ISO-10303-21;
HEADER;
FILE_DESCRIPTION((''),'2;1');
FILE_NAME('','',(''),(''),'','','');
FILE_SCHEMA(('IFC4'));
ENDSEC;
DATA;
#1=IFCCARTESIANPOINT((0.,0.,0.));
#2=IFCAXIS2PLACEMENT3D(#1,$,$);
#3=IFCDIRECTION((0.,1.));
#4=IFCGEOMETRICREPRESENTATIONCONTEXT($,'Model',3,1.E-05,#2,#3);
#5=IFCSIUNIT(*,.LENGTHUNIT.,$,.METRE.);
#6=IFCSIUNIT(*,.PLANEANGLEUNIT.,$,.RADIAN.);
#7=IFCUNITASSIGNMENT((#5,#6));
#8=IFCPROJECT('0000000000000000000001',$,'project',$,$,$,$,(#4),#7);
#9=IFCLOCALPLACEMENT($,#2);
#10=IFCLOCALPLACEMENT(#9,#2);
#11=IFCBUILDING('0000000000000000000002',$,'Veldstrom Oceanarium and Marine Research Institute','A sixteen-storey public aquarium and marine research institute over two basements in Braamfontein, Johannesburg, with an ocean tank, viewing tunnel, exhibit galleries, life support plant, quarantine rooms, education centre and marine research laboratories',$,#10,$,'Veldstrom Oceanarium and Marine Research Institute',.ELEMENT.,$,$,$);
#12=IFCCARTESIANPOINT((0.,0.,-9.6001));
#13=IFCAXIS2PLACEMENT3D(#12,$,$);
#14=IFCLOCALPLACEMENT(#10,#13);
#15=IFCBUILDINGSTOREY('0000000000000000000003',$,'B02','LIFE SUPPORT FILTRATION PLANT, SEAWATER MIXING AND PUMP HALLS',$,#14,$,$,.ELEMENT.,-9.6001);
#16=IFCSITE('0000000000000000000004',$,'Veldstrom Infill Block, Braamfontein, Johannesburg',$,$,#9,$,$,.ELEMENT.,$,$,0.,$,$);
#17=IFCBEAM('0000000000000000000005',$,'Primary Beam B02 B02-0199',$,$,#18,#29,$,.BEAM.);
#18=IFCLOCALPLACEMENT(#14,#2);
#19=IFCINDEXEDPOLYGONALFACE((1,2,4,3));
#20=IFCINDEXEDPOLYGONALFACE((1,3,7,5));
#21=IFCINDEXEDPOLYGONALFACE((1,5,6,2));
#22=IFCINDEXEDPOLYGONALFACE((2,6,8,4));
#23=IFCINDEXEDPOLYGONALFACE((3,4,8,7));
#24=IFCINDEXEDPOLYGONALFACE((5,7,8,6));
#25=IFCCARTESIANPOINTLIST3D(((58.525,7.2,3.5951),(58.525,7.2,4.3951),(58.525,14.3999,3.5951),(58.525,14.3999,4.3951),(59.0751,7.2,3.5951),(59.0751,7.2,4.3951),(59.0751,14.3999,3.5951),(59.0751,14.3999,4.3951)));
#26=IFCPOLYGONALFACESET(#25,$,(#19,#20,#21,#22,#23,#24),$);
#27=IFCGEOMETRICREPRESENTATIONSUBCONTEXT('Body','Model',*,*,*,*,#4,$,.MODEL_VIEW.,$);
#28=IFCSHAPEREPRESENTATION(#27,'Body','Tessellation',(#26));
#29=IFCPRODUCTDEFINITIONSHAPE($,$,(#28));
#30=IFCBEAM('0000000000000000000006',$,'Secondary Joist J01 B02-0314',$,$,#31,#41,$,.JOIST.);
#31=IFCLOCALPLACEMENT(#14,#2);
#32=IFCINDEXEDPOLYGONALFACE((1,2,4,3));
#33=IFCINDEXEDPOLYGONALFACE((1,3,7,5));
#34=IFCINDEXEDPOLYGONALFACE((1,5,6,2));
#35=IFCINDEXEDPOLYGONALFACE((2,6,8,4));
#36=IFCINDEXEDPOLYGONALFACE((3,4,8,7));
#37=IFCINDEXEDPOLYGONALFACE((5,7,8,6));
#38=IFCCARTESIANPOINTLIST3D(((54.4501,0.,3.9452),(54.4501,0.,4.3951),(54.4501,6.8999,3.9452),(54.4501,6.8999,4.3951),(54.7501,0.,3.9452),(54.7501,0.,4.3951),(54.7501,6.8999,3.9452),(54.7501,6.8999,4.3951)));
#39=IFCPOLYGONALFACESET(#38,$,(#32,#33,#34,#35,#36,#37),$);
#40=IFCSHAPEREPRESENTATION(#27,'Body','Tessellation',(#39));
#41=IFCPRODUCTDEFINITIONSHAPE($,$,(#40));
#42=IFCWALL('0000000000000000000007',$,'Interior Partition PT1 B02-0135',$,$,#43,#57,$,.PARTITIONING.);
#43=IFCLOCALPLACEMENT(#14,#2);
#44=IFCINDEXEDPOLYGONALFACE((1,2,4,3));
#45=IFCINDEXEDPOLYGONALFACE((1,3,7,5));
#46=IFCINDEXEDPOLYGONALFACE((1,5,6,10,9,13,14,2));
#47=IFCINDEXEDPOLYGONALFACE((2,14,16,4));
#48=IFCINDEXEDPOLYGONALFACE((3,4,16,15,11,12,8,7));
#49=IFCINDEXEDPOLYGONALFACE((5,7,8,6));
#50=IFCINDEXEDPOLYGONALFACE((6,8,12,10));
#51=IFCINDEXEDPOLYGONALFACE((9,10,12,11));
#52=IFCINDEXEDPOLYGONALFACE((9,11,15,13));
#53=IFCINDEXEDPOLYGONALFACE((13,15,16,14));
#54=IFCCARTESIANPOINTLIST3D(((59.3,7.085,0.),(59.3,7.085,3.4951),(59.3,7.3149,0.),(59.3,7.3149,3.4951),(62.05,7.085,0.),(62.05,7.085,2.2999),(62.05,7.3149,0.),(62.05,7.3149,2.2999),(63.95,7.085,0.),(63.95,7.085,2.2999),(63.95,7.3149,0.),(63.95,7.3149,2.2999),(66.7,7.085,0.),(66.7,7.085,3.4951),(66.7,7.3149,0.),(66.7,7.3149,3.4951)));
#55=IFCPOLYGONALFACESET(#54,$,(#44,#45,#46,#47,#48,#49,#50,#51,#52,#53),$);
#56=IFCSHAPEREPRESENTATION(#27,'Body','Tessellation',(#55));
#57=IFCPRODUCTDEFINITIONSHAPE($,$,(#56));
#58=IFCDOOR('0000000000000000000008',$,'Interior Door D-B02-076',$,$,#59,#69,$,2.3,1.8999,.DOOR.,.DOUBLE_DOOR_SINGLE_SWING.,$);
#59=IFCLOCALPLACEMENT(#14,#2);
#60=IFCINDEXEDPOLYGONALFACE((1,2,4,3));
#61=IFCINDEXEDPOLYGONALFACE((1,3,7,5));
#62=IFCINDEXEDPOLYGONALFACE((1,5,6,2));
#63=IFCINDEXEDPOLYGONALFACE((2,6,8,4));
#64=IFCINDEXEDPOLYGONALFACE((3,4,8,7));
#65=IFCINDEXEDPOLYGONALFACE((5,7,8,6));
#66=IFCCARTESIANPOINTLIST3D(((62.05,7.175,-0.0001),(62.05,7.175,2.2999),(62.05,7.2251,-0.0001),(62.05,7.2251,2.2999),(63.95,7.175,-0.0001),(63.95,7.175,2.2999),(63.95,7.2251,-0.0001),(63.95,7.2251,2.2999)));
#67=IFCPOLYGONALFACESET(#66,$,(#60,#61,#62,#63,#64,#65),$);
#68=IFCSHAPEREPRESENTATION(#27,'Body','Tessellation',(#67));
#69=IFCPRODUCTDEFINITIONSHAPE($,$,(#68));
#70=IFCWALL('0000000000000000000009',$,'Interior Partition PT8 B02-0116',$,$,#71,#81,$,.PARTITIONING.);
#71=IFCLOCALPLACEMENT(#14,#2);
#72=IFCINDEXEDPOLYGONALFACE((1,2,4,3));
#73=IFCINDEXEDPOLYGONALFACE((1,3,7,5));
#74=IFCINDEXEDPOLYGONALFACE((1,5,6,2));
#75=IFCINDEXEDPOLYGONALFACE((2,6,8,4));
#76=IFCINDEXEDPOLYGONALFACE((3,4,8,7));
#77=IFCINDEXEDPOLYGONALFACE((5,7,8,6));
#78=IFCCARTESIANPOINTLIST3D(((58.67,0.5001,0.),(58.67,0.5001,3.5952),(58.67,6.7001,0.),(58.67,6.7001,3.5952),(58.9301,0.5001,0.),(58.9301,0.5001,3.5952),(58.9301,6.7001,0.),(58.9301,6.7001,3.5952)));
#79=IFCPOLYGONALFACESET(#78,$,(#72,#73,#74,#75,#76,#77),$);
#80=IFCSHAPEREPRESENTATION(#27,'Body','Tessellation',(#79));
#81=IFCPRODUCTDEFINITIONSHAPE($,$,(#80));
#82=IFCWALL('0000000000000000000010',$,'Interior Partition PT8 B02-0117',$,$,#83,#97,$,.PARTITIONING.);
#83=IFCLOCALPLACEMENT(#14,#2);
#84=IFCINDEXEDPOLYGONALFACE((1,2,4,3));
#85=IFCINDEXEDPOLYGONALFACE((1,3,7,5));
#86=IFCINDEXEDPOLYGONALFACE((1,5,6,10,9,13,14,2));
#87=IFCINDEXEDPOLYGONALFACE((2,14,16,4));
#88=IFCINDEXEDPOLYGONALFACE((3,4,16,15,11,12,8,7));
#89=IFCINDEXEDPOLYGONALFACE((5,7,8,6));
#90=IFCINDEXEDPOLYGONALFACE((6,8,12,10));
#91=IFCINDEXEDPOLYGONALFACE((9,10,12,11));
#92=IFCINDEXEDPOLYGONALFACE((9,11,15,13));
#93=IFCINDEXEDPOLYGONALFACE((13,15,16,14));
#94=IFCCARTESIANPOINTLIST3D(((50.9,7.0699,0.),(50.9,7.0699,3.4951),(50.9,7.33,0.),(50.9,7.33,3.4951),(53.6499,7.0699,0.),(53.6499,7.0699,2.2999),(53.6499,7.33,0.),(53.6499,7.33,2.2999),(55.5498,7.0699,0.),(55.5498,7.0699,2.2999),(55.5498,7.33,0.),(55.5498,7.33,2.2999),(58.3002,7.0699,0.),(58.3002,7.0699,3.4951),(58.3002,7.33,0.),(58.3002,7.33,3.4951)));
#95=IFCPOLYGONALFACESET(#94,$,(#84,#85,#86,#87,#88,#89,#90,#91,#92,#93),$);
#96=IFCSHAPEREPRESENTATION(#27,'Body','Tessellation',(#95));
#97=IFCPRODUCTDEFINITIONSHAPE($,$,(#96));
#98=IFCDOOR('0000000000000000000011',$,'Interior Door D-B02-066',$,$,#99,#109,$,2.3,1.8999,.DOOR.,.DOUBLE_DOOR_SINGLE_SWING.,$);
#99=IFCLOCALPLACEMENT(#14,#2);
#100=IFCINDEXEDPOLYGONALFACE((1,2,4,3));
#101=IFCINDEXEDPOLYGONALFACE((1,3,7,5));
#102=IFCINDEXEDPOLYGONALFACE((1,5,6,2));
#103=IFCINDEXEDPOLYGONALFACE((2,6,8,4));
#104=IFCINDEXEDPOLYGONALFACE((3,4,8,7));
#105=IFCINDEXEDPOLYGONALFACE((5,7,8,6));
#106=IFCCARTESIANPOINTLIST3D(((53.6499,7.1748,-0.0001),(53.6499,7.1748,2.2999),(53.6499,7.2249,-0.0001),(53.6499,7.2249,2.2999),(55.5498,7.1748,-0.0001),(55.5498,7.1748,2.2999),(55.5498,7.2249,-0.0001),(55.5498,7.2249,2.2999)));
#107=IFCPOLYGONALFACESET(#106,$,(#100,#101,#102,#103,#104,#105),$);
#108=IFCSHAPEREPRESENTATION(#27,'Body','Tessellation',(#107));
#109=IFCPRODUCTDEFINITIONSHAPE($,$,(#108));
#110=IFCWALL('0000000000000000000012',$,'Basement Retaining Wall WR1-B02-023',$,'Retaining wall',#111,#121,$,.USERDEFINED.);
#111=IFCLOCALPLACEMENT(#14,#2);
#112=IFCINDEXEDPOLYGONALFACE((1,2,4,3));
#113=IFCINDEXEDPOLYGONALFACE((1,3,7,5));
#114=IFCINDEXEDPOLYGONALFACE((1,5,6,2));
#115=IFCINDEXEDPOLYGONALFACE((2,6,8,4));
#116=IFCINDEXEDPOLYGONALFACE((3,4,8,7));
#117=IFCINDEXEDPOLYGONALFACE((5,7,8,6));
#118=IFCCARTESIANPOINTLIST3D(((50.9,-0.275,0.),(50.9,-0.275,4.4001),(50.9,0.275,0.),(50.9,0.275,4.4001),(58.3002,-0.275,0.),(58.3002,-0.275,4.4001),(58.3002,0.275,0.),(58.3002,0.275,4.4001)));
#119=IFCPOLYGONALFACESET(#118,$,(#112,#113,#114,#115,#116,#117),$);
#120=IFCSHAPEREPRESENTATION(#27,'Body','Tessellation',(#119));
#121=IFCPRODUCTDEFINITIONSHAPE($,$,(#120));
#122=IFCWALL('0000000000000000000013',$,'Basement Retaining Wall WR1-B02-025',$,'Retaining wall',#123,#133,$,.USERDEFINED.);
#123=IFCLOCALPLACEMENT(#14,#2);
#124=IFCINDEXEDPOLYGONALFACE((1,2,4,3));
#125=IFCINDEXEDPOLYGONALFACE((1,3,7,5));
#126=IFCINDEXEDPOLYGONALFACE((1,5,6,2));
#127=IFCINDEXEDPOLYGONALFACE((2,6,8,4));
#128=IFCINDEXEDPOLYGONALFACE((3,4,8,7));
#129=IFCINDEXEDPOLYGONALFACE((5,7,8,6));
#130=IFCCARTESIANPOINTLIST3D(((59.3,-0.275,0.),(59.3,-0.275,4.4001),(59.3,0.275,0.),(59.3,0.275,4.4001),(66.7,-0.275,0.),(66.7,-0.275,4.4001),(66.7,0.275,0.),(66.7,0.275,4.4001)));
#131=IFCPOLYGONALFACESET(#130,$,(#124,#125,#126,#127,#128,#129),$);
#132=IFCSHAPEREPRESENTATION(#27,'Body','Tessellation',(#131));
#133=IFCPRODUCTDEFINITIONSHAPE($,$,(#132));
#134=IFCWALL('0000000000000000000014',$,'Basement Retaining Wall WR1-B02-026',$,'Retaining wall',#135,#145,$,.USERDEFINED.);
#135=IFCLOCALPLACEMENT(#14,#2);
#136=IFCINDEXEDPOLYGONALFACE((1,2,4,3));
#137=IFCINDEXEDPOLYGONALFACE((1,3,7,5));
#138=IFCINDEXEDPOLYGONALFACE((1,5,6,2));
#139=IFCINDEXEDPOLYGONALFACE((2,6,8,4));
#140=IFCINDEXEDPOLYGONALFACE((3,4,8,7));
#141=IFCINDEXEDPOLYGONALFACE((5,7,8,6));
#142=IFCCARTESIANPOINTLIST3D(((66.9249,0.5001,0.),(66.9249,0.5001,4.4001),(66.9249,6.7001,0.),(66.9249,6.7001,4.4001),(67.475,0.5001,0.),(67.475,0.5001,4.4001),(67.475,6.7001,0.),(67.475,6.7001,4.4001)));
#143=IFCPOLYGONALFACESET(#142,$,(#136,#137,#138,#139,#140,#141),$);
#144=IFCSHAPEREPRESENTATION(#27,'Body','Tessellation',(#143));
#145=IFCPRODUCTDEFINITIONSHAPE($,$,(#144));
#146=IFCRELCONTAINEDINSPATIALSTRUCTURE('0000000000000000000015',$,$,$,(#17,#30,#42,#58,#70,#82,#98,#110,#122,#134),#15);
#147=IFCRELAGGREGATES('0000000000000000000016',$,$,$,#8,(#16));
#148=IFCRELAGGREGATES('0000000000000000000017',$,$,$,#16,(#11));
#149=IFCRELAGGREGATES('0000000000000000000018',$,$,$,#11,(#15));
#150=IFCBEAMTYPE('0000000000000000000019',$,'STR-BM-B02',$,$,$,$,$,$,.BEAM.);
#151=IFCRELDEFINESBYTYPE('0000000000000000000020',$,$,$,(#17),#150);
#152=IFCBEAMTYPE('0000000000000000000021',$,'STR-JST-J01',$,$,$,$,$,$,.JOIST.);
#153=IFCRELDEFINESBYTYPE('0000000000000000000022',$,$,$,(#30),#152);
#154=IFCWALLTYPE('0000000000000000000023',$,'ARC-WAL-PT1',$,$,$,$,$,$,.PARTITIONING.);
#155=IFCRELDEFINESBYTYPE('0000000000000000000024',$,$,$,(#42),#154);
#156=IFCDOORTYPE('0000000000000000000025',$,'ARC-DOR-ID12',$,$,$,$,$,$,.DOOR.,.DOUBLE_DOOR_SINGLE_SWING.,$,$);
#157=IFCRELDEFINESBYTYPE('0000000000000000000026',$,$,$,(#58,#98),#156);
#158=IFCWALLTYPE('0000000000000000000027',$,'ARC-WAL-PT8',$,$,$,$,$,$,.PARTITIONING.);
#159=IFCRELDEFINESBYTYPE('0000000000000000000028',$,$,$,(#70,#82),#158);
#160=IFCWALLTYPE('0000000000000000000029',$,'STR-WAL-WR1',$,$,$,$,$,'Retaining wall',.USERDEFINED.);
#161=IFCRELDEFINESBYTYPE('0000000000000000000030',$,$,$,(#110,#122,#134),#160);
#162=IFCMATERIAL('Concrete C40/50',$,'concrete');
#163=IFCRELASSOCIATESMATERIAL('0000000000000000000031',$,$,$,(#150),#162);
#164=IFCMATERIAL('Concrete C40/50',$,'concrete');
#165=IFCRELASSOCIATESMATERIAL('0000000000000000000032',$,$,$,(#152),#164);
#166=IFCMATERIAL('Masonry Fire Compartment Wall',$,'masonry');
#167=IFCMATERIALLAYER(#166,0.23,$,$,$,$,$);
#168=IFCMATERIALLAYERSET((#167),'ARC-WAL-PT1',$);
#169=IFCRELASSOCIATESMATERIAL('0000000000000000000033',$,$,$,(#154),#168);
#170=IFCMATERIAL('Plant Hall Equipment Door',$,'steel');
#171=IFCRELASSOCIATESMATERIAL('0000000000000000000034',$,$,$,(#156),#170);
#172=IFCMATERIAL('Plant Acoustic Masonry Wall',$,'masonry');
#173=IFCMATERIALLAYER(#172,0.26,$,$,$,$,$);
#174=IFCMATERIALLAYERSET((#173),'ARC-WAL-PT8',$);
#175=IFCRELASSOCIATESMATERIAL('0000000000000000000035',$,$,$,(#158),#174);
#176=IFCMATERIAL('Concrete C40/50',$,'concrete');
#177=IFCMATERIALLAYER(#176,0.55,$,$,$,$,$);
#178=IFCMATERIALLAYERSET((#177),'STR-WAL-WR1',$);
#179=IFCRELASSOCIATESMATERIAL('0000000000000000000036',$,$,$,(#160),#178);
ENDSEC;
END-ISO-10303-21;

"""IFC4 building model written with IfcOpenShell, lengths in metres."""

from ifc_helpers import new_model, si_unit, direction, frame, frame_2d, origin, origin_2d, place, context, subcontext, project, spatial, rectangle, extrude, material, layer, layer_set, material_profile, profile_set, type_object, element, fill, save


model = new_model("IFC4")

# Units and contexts
model_context = context("Model", 3, precision=1e-05, world=origin(), true_north=direction((0.0, 1.0)))
body_context = subcontext(model_context, "Body", "Model", "MODEL_VIEW")
ifc_project = project(units=[si_unit("LENGTHUNIT", "METRE"), si_unit("PLANEANGLEUNIT", "RADIAN")], contexts=[model_context])

# Site, building, storey
site_placement = place(None, origin())
site = spatial("IfcSite", under=ifc_project, at=site_placement, Name="Veldstrom Infill Block, Braamfontein, Johannesburg", CompositionType="ELEMENT", RefElevation=0.0)
building_placement = place(site_placement, origin())
building = spatial("IfcBuilding", under=site, at=building_placement, Name="Veldstrom Oceanarium and Marine Research Institute", Description="A sixteen-storey public aquarium and marine research institute over two basements in Braamfontein, Johannesburg, with an ocean tank, viewing tunnel, exhibit galleries, life support plant, quarantine rooms, education centre and marine research laboratories", LongName="Veldstrom Oceanarium and Marine Research Institute", CompositionType="ELEMENT")
storey_placement = place(building_placement, frame((0.0, 0.0, -9.6001)))
storey = spatial("IfcBuildingStorey", under=building, at=storey_placement, Name="B02", Description="LIFE SUPPORT FILTRATION PLANT, SEAWATER MIXING AND PUMP HALLS", CompositionType="ELEMENT", Elevation=-9.6001)

# Beams
ifc_material_1 = material(Name="Concrete C40/50", Category="concrete")
ifc_material_profile_1 = material_profile(ifc_material_1, rectangle(XDim=0.55, YDim=0.8, at=origin_2d()), Name="RC-BM-550x800")
ifc_profile_set_1 = profile_set([ifc_material_profile_1], Name="Concrete C40/50")
beam_type_1 = type_object("IfcBeamType", Name="STR-BM-B02", PredefinedType="BEAM", material=ifc_profile_set_1)
for number, where, z_axis, x_axis, name in (
    (1, (58.8, 7.2, 3.9951), (0.0, 1.0, 0.0), (-1.0, 0.0, 0.0), "Primary Beam B02 B02-0199"),
):
    element("IfcBeam", number, at=place(storey_placement, frame(where, z_axis=z_axis, x_axis=x_axis)), inside=storey, type_object=beam_type_1, Name=name, PredefinedType="BEAM", context=body_context, shape_type="SweptSolid", body=[
        extrude(rectangle(XDim=0.55, YDim=0.8, at=origin_2d()), origin(), (0.0, 0.0, 1.0), 7.2),
    ])
ifc_material_2 = material(Name="Concrete C40/50", Category="concrete")
ifc_material_profile_2 = material_profile(ifc_material_2, rectangle(XDim=0.3, YDim=0.45, at=origin_2d()), Name="RC-JST-300x450")
ifc_profile_set_2 = profile_set([ifc_material_profile_2], Name="Concrete C40/50")
beam_type_2 = type_object("IfcBeamType", Name="STR-JST-J01", PredefinedType="JOIST", material=ifc_profile_set_2)
beam_1_placement = place(storey_placement, frame((54.6001, 0.0, 4.1702), z_axis=(0.0, 1.0, 0.0), x_axis=(-1.0, 0.0, 0.0)))
element("IfcBeam", 2, at=beam_1_placement, inside=storey, type_object=beam_type_2, Name="Secondary Joist J01 B02-0314", PredefinedType="JOIST", context=body_context, shape_type="SweptSolid", body=[
    extrude(rectangle(XDim=0.3, YDim=0.45, at=origin_2d()), origin(), (0.0, 0.0, 1.0), 6.8999),
])

# Wall, opening, door
ifc_material_3 = material(Name="Masonry Fire Compartment Wall", Category="masonry")
ifc_layer_1 = layer(ifc_material_3, 0.23)
ifc_layer_set_1 = layer_set([ifc_layer_1], Name="ARC-WAL-PT1")
wall_type_1 = type_object("IfcWallType", Name="ARC-WAL-PT1", PredefinedType="PARTITIONING", material=ifc_layer_set_1)
wall_1_placement = place(storey_placement, frame((59.3, 7.2, 0.0), z_axis=(0.0, 0.0, 1.0), x_axis=(1.0, 0.0, 0.0)))
wall_1 = element("IfcWall", 3, at=wall_1_placement, inside=storey, type_object=wall_type_1, Name="Interior Partition PT1 B02-0135", PredefinedType="PARTITIONING", context=body_context, shape_type="SweptSolid", body=[
    extrude(rectangle(XDim=7.3999, YDim=0.23, at=frame_2d((3.7, 0.0))), origin(), (0.0, 0.0, 1.0), 3.4951),
])
opening_1_placement = place(wall_1_placement, frame((2.75, 0.0, 0.0)))
opening_1 = element("IfcOpeningElement", 4, at=opening_1_placement, cuts=wall_1, PredefinedType="OPENING", context=body_context, shape_type="SweptSolid", body=[
    extrude(rectangle(XDim=1.8999, YDim=2.3, at=frame_2d((0.95, 1.1499))), frame((0.0, 0.125, 0.0), z_axis=(0.0, -1.0, 0.0), x_axis=(1.0, 0.0, 0.0)), (0.0, 0.0, 1.0), 0.25),
])
ifc_material_4 = material(Name="Plant Hall Equipment Door", Category="steel")
door_type = type_object("IfcDoorType", Name="ARC-DOR-ID12", OperationType="DOUBLE_DOOR_SINGLE_SWING", PredefinedType="DOOR", material=ifc_material_4)
door_1_placement = place(opening_1_placement, frame((1.8999, 0.0, 0.0), z_axis=(0.0, 0.0, 1.0), x_axis=(-1.0, 0.0, 0.0)))
door_1 = element("IfcDoor", 5, at=door_1_placement, inside=storey, type_object=door_type, Name="Interior Door D-B02-076", OperationType="DOUBLE_DOOR_SINGLE_SWING", OverallHeight=2.3, OverallWidth=1.8999, PredefinedType="DOOR", context=body_context, shape_type="SweptSolid", body=[
    extrude(rectangle(XDim=1.8999, YDim=2.3, at=frame_2d((0.95, 1.1499))), frame((0.0, 0.0249, 0.0), z_axis=(0.0, -1.0, 0.0), x_axis=(1.0, 0.0, 0.0)), (0.0, 0.0, 1.0), 0.05),
])
fill(opening_1, door_1)

# Wall
ifc_material_5 = material(Name="Plant Acoustic Masonry Wall", Category="masonry")
ifc_layer_2 = layer(ifc_material_5, 0.26)
ifc_layer_set_2 = layer_set([ifc_layer_2], Name="ARC-WAL-PT8")
wall_type_2 = type_object("IfcWallType", Name="ARC-WAL-PT8", PredefinedType="PARTITIONING", material=ifc_layer_set_2)
wall_2_placement = place(storey_placement, frame((58.8, 0.5, 0.0), z_axis=(0.0, 0.0, 1.0), x_axis=(0.0, 1.0, 0.0)))
element("IfcWall", 6, at=wall_2_placement, inside=storey, type_object=wall_type_2, Name="Interior Partition PT8 B02-0116", PredefinedType="PARTITIONING", context=body_context, shape_type="SweptSolid", body=[
    extrude(rectangle(XDim=6.2, YDim=0.26, at=frame_2d((3.1001, 0.0))), origin(), (0.0, 0.0, 1.0), 3.5952),
])

# Wall, opening, door
wall_3_placement = place(storey_placement, frame((50.8999, 7.2, 0.0), z_axis=(0.0, 0.0, 1.0), x_axis=(1.0, 0.0, 0.0)))
wall_3 = element("IfcWall", 7, at=wall_3_placement, inside=storey, type_object=wall_type_2, Name="Interior Partition PT8 B02-0117", PredefinedType="PARTITIONING", context=body_context, shape_type="SweptSolid", body=[
    extrude(rectangle(XDim=7.4001, YDim=0.26, at=frame_2d((3.7002, 0.0))), origin(), (0.0, 0.0, 1.0), 3.4951),
])
opening_2_placement = place(wall_3_placement, frame((2.75, 0.0, 0.0)))
opening_2 = element("IfcOpeningElement", 8, at=opening_2_placement, cuts=wall_3, PredefinedType="OPENING", context=body_context, shape_type="SweptSolid", body=[
    extrude(rectangle(XDim=1.8999, YDim=2.3, at=frame_2d((0.95, 1.1499))), frame((0.0, 0.1399, 0.0), z_axis=(0.0, -1.0, 0.0), x_axis=(1.0, 0.0, 0.0)), (0.0, 0.0, 1.0), 0.28),
])
door_2_placement = place(opening_2_placement, origin())
door_2 = element("IfcDoor", 9, at=door_2_placement, inside=storey, type_object=door_type, Name="Interior Door D-B02-066", OperationType="DOUBLE_DOOR_SINGLE_SWING", OverallHeight=2.3, OverallWidth=1.8999, PredefinedType="DOOR", context=body_context, shape_type="SweptSolid", body=[
    extrude(rectangle(XDim=1.8999, YDim=2.3, at=frame_2d((0.95, 1.1499))), frame((0.0, 0.0249, 0.0), z_axis=(0.0, -1.0, 0.0), x_axis=(1.0, 0.0, 0.0)), (0.0, 0.0, 1.0), 0.05),
])
fill(opening_2, door_2)

# Walls
ifc_material_6 = material(Name="Concrete C40/50", Category="concrete")
ifc_layer_3 = layer(ifc_material_6, 0.55)
ifc_layer_set_3 = layer_set([ifc_layer_3], Name="STR-WAL-WR1")
wall_type_3 = type_object("IfcWallType", Name="STR-WAL-WR1", ElementType="Retaining wall", PredefinedType="USERDEFINED", material=ifc_layer_set_3)
wall_4_placement = place(storey_placement, frame((50.8999, 0.0, 0.0), z_axis=(0.0, 0.0, 1.0), x_axis=(1.0, 0.0, 0.0)))
element("IfcWall", 10, at=wall_4_placement, inside=storey, type_object=wall_type_3, Name="Basement Retaining Wall WR1-B02-023", ObjectType="Retaining wall", PredefinedType="USERDEFINED", context=body_context, shape_type="SweptSolid", body=[
    extrude(rectangle(XDim=7.4001, YDim=0.55, at=frame_2d((3.7002, 0.0))), origin(), (0.0, 0.0, 1.0), 4.4001),
])
wall_5_placement = place(storey_placement, frame((59.3, 0.0, 0.0), z_axis=(0.0, 0.0, 1.0), x_axis=(1.0, 0.0, 0.0)))
element("IfcWall", 11, at=wall_5_placement, inside=storey, type_object=wall_type_3, Name="Basement Retaining Wall WR1-B02-025", ObjectType="Retaining wall", PredefinedType="USERDEFINED", context=body_context, shape_type="SweptSolid", body=[
    extrude(rectangle(XDim=7.3999, YDim=0.55, at=frame_2d((3.7, 0.0))), origin(), (0.0, 0.0, 1.0), 4.4001),
])
wall_6_placement = place(storey_placement, frame((67.2, 0.5, 0.0), z_axis=(0.0, 0.0, 1.0), x_axis=(0.0, 1.0, 0.0)))
element("IfcWall", 12, at=wall_6_placement, inside=storey, type_object=wall_type_3, Name="Basement Retaining Wall WR1-B02-026", ObjectType="Retaining wall", PredefinedType="USERDEFINED", context=body_context, shape_type="SweptSolid", body=[
    extrude(rectangle(XDim=6.2, YDim=0.55, at=frame_2d((3.1001, 0.0))), origin(), (0.0, 0.0, 1.0), 4.4001),
])

save(model, "model.ifc")
